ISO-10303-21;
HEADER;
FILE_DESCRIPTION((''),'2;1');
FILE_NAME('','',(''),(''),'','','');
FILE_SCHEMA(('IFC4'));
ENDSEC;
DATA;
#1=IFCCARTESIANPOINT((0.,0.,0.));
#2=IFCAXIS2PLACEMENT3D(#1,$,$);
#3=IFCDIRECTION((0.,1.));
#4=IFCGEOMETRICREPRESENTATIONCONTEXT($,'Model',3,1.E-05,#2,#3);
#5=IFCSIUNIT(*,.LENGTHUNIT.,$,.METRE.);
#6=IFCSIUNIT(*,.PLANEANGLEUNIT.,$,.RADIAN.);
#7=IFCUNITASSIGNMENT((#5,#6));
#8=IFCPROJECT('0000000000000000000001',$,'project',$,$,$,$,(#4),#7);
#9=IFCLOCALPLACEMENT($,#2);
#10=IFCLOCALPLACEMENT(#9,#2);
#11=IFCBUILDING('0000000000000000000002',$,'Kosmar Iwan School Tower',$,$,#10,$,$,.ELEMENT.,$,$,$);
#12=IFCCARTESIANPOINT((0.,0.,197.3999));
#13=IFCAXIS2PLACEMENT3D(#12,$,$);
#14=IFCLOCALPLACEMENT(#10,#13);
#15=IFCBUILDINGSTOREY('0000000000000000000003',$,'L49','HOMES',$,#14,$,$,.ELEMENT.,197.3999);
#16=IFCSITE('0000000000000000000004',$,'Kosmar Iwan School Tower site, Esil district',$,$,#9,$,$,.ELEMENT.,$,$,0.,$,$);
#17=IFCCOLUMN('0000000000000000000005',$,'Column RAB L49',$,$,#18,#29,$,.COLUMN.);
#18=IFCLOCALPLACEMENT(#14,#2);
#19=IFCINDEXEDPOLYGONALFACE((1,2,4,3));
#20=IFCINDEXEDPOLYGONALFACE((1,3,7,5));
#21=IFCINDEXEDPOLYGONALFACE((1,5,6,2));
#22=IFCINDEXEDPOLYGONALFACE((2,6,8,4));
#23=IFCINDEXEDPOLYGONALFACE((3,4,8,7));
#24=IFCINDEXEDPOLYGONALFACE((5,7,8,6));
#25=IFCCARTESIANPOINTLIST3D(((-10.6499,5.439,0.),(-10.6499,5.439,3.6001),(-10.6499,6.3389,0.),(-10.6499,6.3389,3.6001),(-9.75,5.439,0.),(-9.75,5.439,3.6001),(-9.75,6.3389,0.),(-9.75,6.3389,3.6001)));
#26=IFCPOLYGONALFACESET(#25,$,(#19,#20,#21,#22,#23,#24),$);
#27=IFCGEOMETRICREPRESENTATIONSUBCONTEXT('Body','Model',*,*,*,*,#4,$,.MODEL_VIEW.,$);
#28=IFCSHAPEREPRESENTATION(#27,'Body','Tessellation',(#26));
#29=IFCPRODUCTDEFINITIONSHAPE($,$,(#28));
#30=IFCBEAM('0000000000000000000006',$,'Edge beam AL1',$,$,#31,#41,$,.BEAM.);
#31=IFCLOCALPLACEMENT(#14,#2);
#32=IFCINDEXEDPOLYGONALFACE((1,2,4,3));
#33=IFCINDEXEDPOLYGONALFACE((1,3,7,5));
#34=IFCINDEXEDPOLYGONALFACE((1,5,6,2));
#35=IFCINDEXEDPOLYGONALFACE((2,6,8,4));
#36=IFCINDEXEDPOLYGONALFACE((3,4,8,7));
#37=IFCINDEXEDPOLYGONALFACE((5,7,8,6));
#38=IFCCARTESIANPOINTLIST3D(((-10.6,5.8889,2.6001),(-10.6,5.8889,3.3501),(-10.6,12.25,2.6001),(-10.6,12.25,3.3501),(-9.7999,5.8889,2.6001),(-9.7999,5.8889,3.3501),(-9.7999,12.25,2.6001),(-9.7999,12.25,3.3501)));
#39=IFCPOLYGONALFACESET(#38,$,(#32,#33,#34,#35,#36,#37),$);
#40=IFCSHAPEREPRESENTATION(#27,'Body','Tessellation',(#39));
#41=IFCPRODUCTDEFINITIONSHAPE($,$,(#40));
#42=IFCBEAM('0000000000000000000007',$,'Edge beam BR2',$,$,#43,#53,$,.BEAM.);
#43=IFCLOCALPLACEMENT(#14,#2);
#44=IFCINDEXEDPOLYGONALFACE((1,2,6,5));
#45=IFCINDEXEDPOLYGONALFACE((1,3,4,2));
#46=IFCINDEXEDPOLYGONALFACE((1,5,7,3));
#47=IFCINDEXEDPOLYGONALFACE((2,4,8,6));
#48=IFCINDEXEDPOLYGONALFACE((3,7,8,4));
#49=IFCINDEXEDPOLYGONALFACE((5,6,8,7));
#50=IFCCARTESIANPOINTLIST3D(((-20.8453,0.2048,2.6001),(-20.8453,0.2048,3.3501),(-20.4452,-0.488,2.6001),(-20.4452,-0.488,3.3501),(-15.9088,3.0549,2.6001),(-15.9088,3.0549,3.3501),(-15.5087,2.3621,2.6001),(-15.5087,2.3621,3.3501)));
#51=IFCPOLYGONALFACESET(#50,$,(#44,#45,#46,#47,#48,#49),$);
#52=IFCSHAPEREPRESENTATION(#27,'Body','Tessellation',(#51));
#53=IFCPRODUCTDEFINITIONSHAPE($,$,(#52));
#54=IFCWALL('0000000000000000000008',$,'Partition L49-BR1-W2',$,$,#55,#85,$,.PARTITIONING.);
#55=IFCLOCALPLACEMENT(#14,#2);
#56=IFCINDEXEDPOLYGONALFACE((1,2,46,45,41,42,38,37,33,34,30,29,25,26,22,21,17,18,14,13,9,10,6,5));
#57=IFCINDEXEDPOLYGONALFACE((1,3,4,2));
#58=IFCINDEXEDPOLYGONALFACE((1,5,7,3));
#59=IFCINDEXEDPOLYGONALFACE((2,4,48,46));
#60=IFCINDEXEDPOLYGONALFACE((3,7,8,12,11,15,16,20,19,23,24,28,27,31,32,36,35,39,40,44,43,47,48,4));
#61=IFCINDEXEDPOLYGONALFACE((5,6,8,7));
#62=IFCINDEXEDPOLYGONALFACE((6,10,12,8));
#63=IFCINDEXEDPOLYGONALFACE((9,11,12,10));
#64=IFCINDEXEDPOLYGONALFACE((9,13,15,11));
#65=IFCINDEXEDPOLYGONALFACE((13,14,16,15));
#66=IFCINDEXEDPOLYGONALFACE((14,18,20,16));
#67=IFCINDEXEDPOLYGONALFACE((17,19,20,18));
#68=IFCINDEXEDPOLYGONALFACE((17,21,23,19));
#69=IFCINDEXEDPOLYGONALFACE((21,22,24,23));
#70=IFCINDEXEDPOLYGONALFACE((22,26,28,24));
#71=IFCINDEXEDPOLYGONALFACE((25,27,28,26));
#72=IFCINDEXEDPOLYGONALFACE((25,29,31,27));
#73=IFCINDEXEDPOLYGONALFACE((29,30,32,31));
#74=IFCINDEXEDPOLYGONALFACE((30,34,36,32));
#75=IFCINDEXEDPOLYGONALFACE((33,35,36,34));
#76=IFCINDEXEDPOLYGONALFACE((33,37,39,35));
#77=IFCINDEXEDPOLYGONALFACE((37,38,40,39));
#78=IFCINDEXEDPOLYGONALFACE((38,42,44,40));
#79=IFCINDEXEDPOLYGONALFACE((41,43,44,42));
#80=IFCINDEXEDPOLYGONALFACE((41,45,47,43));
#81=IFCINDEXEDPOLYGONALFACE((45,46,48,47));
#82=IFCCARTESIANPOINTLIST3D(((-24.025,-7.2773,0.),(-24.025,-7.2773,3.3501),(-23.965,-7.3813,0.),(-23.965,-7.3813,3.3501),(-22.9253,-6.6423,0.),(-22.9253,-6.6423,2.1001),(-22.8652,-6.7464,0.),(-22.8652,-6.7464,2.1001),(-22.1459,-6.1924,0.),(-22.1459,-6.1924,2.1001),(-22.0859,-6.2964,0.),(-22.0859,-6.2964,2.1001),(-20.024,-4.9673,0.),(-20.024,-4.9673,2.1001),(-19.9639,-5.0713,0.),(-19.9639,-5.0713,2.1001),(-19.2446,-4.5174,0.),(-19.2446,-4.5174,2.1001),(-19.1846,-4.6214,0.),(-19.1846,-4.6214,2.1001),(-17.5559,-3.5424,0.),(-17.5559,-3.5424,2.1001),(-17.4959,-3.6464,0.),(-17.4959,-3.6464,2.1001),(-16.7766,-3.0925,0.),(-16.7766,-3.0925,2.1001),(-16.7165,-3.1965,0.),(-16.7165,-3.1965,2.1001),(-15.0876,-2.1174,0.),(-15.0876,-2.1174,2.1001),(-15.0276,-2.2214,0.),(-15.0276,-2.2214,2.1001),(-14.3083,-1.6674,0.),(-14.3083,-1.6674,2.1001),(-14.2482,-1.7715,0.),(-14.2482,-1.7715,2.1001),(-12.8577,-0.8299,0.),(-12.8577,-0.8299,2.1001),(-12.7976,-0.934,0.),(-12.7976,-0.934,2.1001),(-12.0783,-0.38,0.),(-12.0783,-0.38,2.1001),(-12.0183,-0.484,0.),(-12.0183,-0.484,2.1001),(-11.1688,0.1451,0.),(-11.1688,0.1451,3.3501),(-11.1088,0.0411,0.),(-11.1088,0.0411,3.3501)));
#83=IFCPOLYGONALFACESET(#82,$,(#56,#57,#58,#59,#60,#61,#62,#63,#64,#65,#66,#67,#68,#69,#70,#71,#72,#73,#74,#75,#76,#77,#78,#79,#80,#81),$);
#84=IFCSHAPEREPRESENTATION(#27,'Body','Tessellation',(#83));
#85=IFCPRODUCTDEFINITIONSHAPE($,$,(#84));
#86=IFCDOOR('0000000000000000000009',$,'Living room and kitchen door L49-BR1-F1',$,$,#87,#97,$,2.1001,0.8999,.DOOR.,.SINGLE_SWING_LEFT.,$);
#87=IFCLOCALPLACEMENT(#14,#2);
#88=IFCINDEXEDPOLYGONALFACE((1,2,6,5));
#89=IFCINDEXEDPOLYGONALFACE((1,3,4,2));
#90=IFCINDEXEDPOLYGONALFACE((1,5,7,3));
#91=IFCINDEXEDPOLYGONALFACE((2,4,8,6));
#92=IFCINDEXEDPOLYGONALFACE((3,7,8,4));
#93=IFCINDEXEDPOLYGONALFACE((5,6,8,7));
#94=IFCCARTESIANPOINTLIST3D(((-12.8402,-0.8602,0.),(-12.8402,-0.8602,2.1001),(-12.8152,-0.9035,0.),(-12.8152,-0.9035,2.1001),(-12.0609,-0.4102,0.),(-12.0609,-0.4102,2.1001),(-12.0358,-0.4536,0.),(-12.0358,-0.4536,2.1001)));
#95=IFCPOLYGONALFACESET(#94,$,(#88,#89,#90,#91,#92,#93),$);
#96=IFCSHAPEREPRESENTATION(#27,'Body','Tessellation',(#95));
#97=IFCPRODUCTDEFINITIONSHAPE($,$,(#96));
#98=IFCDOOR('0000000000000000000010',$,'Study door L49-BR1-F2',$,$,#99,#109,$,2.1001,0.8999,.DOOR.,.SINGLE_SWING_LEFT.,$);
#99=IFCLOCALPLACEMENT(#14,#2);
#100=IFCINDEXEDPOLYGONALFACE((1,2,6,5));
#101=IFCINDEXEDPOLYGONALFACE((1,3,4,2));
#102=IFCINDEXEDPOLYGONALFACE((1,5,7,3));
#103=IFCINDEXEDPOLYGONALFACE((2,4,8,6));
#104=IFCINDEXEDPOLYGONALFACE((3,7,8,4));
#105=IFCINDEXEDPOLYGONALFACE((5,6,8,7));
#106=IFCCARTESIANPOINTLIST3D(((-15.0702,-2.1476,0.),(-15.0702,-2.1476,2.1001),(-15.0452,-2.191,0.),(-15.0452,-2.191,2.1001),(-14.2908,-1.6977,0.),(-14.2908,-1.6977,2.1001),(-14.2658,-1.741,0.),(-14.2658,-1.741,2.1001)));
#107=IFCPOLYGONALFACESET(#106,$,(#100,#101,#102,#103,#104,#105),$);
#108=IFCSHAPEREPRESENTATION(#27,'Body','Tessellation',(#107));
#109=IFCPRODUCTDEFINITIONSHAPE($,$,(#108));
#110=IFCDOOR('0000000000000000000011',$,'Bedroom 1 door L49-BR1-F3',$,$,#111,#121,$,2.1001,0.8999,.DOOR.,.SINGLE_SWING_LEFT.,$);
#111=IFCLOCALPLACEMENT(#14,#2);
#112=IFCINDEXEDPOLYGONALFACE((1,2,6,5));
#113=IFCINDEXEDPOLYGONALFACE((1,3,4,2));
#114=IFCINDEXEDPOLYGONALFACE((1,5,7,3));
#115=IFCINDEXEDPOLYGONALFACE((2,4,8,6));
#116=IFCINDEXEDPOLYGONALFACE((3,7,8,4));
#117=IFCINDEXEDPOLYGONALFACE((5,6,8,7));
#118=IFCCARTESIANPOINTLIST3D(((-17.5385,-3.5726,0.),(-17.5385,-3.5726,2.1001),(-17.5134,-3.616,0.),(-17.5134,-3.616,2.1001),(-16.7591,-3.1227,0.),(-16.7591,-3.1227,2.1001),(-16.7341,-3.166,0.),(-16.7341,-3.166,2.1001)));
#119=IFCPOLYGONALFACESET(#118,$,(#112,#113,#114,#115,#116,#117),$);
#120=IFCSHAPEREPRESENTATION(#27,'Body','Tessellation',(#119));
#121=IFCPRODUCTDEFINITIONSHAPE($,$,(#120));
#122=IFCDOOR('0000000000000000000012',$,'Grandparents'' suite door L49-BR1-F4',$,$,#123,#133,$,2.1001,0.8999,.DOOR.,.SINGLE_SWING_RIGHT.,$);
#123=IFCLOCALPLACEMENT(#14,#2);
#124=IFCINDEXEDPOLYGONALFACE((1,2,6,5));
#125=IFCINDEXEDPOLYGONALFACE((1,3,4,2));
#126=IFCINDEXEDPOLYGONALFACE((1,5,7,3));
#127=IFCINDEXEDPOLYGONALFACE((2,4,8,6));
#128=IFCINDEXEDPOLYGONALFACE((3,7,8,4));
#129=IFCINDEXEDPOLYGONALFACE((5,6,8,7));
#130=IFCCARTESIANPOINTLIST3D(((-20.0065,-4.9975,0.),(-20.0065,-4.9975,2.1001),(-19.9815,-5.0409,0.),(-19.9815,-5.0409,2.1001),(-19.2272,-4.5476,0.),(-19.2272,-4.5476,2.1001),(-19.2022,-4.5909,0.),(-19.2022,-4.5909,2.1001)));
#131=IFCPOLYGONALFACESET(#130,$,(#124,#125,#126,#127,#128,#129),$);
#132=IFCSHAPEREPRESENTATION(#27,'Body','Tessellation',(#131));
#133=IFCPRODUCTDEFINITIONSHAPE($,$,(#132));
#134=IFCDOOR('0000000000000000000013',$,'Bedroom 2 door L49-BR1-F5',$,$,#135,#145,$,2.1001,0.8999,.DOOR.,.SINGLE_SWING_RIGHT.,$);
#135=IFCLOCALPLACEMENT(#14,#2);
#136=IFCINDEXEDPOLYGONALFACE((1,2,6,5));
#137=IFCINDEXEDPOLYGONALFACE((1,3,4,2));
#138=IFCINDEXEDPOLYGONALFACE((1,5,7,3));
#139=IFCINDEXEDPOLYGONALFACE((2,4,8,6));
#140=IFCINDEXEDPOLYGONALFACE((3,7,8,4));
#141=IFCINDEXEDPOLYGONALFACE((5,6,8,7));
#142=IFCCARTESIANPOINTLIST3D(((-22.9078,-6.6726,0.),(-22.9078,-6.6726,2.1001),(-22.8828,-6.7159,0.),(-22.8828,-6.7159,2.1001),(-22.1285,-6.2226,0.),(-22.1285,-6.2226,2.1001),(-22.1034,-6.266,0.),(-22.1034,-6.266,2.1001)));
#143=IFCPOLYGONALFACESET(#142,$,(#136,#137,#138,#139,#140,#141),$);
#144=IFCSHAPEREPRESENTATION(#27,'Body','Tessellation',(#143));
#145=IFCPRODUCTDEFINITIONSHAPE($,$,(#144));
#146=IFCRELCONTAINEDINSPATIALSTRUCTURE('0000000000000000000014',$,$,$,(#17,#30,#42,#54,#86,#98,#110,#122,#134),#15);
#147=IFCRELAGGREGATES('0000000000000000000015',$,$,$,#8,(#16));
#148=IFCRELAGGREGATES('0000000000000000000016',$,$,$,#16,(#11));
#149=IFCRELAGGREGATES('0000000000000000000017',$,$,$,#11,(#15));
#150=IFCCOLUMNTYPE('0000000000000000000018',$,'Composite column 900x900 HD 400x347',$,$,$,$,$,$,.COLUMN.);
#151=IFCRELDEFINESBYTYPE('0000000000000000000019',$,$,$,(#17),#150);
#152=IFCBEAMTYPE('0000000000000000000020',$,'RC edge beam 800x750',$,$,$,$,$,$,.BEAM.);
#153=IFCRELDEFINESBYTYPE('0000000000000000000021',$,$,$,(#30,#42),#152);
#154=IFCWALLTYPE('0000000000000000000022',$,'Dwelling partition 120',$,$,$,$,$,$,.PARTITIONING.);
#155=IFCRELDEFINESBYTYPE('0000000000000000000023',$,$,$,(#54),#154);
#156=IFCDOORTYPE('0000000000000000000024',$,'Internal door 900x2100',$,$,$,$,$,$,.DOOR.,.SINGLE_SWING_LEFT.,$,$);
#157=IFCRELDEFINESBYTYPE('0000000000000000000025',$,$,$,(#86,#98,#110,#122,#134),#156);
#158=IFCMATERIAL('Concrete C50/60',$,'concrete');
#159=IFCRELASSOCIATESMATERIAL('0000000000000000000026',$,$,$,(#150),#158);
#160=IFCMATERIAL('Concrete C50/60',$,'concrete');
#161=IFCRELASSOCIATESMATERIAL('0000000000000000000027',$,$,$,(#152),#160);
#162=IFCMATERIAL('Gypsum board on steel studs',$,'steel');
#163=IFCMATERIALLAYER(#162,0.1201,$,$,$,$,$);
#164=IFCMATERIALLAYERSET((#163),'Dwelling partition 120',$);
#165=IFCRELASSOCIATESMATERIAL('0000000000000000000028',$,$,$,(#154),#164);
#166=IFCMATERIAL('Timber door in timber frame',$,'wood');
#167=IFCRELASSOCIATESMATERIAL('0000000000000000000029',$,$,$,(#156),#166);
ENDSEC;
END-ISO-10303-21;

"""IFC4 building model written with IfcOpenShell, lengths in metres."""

from ifc_helpers import new_model, si_unit, direction, frame, frame_2d, origin, origin_2d, place, context, subcontext, project, spatial, rectangle, extrude, material, layer, layer_set, material_profile, profile_set, type_object, element, fill, save


model = new_model("IFC4")

# Units and contexts
model_context = context("Model", 3, precision=1e-05, world=origin(), true_north=direction((0.0, 1.0)))
body_context = subcontext(model_context, "Body", "Model", "MODEL_VIEW")
ifc_project = project(units=[si_unit("LENGTHUNIT", "METRE"), si_unit("PLANEANGLEUNIT", "RADIAN")], contexts=[model_context])

# Site, building, storey
site_placement = place(None, origin())
site = spatial("IfcSite", under=ifc_project, at=site_placement, Name="Kosmar Iwan School Tower site, Esil district", CompositionType="ELEMENT", RefElevation=0.0)
building_placement = place(site_placement, origin())
building = spatial("IfcBuilding", under=site, at=building_placement, Name="Kosmar Iwan School Tower", CompositionType="ELEMENT")
storey_placement = place(building_placement, frame((0.0, 0.0, 197.3999)))
storey = spatial("IfcBuildingStorey", under=building, at=storey_placement, Name="L49", Description="HOMES", CompositionType="ELEMENT", Elevation=197.3999)

# Column
ifc_material_1 = material(Name="Concrete C50/60", Category="concrete")
ifc_material_profile_1 = material_profile(ifc_material_1, rectangle(XDim=0.8999, YDim=0.8999, at=origin_2d()), Name="RC 900x900 + HD 400x347")
ifc_profile_set_1 = profile_set([ifc_material_profile_1], Name="Concrete C50/60")
column_type = type_object("IfcColumnType", Name="Composite column 900x900 HD 400x347", PredefinedType="COLUMN", material=ifc_profile_set_1)
column_placement = place(storey_placement, frame((-10.2, 5.8889, 0.0), z_axis=(0.0, 0.0, 1.0), x_axis=(1.0, 0.0, 0.0)))
element("IfcColumn", 1, at=column_placement, inside=storey, type_object=column_type, Name="Column RAB L49", PredefinedType="COLUMN", context=body_context, shape_type="SweptSolid", body=[
    extrude(rectangle(XDim=0.8999, YDim=0.8999, at=origin_2d()), origin(), (0.0, 0.0, 1.0), 3.6001),
])

# Beams
ifc_material_2 = material(Name="Concrete C50/60", Category="concrete")
ifc_material_profile_2 = material_profile(ifc_material_2, rectangle(XDim=0.8, YDim=0.75, at=origin_2d()), Name="RC 800x750")
ifc_profile_set_2 = profile_set([ifc_material_profile_2], Name="Concrete C50/60")
beam_type = type_object("IfcBeamType", Name="RC edge beam 800x750", PredefinedType="BEAM", material=ifc_profile_set_2)
beam_1_placement = place(storey_placement, frame((-10.2, 5.8889, 2.9751), z_axis=(0.0, 1.0, 0.0), x_axis=(-1.0, 0.0, 0.0)))
element("IfcBeam", 2, at=beam_1_placement, inside=storey, type_object=beam_type, Name="Edge beam AL1", PredefinedType="BEAM", context=body_context, shape_type="SweptSolid", body=[
    extrude(rectangle(XDim=0.8, YDim=0.75, at=origin_2d()), origin(), (0.0, 0.0, 1.0), 6.3611),
])
beam_2_placement = place(storey_placement, frame((-15.7087, 2.7085, 2.9751), z_axis=(-0.866026, -0.499999, 0.0), x_axis=(0.499999, -0.866026, 0.0)))
element("IfcBeam", 3, at=beam_2_placement, inside=storey, type_object=beam_type, Name="Edge beam BR2", PredefinedType="BEAM", context=body_context, shape_type="SweptSolid", body=[
    extrude(rectangle(XDim=0.8, YDim=0.75, at=origin_2d()), origin(), (0.0, 0.0, 1.0), 5.7002),
])

# Wall, openings, doors
ifc_material_3 = material(Name="Gypsum board on steel studs", Category="steel")
ifc_layer_1 = layer(ifc_material_3, 0.1201)
ifc_layer_set_1 = layer_set([ifc_layer_1], Name="Dwelling partition 120")
wall_type_1 = type_object("IfcWallType", Name="Dwelling partition 120", PredefinedType="PARTITIONING", material=ifc_layer_set_1)
wall_1_placement = place(storey_placement, frame((-11.1389, 0.093, 0.0), z_axis=(0.0, 0.0, 1.0), x_axis=(-0.86603, -0.499992, 0.0)))
wall_1 = element("IfcWall", 4, at=wall_1_placement, inside=storey, type_object=wall_type_1, Name="Partition L49-BR1-W2", PredefinedType="PARTITIONING", context=body_context, shape_type="SweptSolid", body=[
    extrude(rectangle(XDim=14.845, YDim=0.1201, at=frame_2d((7.4224, 0.0))), origin(), (0.0, 0.0, 1.0), 3.3501),
])
opening_1_placement = place(wall_1_placement, frame((1.05, 0.0, 0.0)))
opening_1 = element("IfcOpeningElement", 5, at=opening_1_placement, cuts=wall_1, PredefinedType="OPENING", context=body_context, shape_type="SweptSolid", body=[
    extrude(rectangle(XDim=0.8999, YDim=2.1001, at=frame_2d((0.45, 1.05))), frame((0.0, 0.072, 0.0), z_axis=(0.0, -1.0, 0.0), x_axis=(1.0, 0.0, 0.0)), (0.0, 0.0, 1.0), 0.144),
])
opening_2_placement = place(wall_1_placement, frame((3.625, 0.0, 0.0)))
opening_2 = element("IfcOpeningElement", 6, at=opening_2_placement, cuts=wall_1, PredefinedType="OPENING", context=body_context, shape_type="SweptSolid", body=[
    extrude(rectangle(XDim=0.8999, YDim=2.1001, at=frame_2d((0.45, 1.05))), frame((0.0, 0.072, 0.0), z_axis=(0.0, -1.0, 0.0), x_axis=(1.0, 0.0, 0.0)), (0.0, 0.0, 1.0), 0.144),
])
opening_3_placement = place(wall_1_placement, frame((6.4751, 0.0, 0.0)))
opening_3 = element("IfcOpeningElement", 7, at=opening_3_placement, cuts=wall_1, PredefinedType="OPENING", context=body_context, shape_type="SweptSolid", body=[
    extrude(rectangle(XDim=0.8999, YDim=2.1001, at=frame_2d((0.45, 1.05))), frame((0.0, 0.072, 0.0), z_axis=(0.0, -1.0, 0.0), x_axis=(1.0, 0.0, 0.0)), (0.0, 0.0, 1.0), 0.144),
])
opening_4_placement = place(wall_1_placement, frame((9.325, 0.0, 0.0)))
opening_4 = element("IfcOpeningElement", 8, at=opening_4_placement, cuts=wall_1, PredefinedType="OPENING", context=body_context, shape_type="SweptSolid", body=[
    extrude(rectangle(XDim=0.8999, YDim=2.1001, at=frame_2d((0.45, 1.05))), frame((0.0, 0.072, 0.0), z_axis=(0.0, -1.0, 0.0), x_axis=(1.0, 0.0, 0.0)), (0.0, 0.0, 1.0), 0.144),
])
opening_5_placement = place(wall_1_placement, frame((12.675, 0.0, 0.0)))
opening_5 = element("IfcOpeningElement", 9, at=opening_5_placement, cuts=wall_1, PredefinedType="OPENING", context=body_context, shape_type="SweptSolid", body=[
    extrude(rectangle(XDim=0.8999, YDim=2.1001, at=frame_2d((0.45, 1.05))), frame((0.0, 0.072, 0.0), z_axis=(0.0, -1.0, 0.0), x_axis=(1.0, 0.0, 0.0)), (0.0, 0.0, 1.0), 0.144),
])
ifc_material_4 = material(Name="Timber door in timber frame", Category="wood")
door_type = type_object("IfcDoorType", Name="Internal door 900x2100", OperationType="SINGLE_SWING_LEFT", PredefinedType="DOOR", material=ifc_material_4)
door_1_placement = place(opening_1_placement, origin())
door_1 = element("IfcDoor", 10, at=door_1_placement, inside=storey, type_object=door_type, Name="Living room and kitchen door L49-BR1-F1", OperationType="SINGLE_SWING_LEFT", OverallHeight=2.1001, OverallWidth=0.8999, PredefinedType="DOOR", context=body_context, shape_type="SweptSolid", body=[
    extrude(rectangle(XDim=0.8999, YDim=2.1001, at=frame_2d((0.45, 1.05))), frame((0.0, 0.0249, 0.0), z_axis=(0.0, -1.0, 0.0), x_axis=(1.0, 0.0, 0.0)), (0.0, 0.0, 1.0), 0.05),
])
fill(opening_1, door_1)
door_2_placement = place(opening_2_placement, origin())
door_2 = element("IfcDoor", 11, at=door_2_placement, inside=storey, type_object=door_type, Name="Study door L49-BR1-F2", OperationType="SINGLE_SWING_LEFT", OverallHeight=2.1001, OverallWidth=0.8999, PredefinedType="DOOR", context=body_context, shape_type="SweptSolid", body=[
    extrude(rectangle(XDim=0.8999, YDim=2.1001, at=frame_2d((0.45, 1.05))), frame((0.0, 0.0249, 0.0), z_axis=(0.0, -1.0, 0.0), x_axis=(1.0, 0.0, 0.0)), (0.0, 0.0, 1.0), 0.05),
])
fill(opening_2, door_2)
door_3_placement = place(opening_3_placement, origin())
door_3 = element("IfcDoor", 12, at=door_3_placement, inside=storey, type_object=door_type, Name="Bedroom 1 door L49-BR1-F3", OperationType="SINGLE_SWING_LEFT", OverallHeight=2.1001, OverallWidth=0.8999, PredefinedType="DOOR", context=body_context, shape_type="SweptSolid", body=[
    extrude(rectangle(XDim=0.8999, YDim=2.1001, at=frame_2d((0.45, 1.05))), frame((0.0, 0.0249, 0.0), z_axis=(0.0, -1.0, 0.0), x_axis=(1.0, 0.0, 0.0)), (0.0, 0.0, 1.0), 0.05),
])
fill(opening_3, door_3)
door_4_placement = place(opening_4_placement, origin())
door_4 = element("IfcDoor", 13, at=door_4_placement, inside=storey, type_object=door_type, Name="Grandparents' suite door L49-BR1-F4", OperationType="SINGLE_SWING_RIGHT", OverallHeight=2.1001, OverallWidth=0.8999, PredefinedType="DOOR", context=body_context, shape_type="SweptSolid", body=[
    extrude(rectangle(XDim=0.8999, YDim=2.1001, at=frame_2d((0.45, 1.05))), frame((0.0, 0.0249, 0.0), z_axis=(0.0, -1.0, 0.0), x_axis=(1.0, 0.0, 0.0)), (0.0, 0.0, 1.0), 0.05),
])
fill(opening_4, door_4)
door_5_placement = place(opening_5_placement, origin())
door_5 = element("IfcDoor", 14, at=door_5_placement, inside=storey, type_object=door_type, Name="Bedroom 2 door L49-BR1-F5", OperationType="SINGLE_SWING_RIGHT", OverallHeight=2.1001, OverallWidth=0.8999, PredefinedType="DOOR", context=body_context, shape_type="SweptSolid", body=[
    extrude(rectangle(XDim=0.8999, YDim=2.1001, at=frame_2d((0.45, 1.05))), frame((0.0, 0.0249, 0.0), z_axis=(0.0, -1.0, 0.0), x_axis=(1.0, 0.0, 0.0)), (0.0, 0.0, 1.0), 0.05),
])
fill(opening_5, door_5)

save(model, "model.ifc")
